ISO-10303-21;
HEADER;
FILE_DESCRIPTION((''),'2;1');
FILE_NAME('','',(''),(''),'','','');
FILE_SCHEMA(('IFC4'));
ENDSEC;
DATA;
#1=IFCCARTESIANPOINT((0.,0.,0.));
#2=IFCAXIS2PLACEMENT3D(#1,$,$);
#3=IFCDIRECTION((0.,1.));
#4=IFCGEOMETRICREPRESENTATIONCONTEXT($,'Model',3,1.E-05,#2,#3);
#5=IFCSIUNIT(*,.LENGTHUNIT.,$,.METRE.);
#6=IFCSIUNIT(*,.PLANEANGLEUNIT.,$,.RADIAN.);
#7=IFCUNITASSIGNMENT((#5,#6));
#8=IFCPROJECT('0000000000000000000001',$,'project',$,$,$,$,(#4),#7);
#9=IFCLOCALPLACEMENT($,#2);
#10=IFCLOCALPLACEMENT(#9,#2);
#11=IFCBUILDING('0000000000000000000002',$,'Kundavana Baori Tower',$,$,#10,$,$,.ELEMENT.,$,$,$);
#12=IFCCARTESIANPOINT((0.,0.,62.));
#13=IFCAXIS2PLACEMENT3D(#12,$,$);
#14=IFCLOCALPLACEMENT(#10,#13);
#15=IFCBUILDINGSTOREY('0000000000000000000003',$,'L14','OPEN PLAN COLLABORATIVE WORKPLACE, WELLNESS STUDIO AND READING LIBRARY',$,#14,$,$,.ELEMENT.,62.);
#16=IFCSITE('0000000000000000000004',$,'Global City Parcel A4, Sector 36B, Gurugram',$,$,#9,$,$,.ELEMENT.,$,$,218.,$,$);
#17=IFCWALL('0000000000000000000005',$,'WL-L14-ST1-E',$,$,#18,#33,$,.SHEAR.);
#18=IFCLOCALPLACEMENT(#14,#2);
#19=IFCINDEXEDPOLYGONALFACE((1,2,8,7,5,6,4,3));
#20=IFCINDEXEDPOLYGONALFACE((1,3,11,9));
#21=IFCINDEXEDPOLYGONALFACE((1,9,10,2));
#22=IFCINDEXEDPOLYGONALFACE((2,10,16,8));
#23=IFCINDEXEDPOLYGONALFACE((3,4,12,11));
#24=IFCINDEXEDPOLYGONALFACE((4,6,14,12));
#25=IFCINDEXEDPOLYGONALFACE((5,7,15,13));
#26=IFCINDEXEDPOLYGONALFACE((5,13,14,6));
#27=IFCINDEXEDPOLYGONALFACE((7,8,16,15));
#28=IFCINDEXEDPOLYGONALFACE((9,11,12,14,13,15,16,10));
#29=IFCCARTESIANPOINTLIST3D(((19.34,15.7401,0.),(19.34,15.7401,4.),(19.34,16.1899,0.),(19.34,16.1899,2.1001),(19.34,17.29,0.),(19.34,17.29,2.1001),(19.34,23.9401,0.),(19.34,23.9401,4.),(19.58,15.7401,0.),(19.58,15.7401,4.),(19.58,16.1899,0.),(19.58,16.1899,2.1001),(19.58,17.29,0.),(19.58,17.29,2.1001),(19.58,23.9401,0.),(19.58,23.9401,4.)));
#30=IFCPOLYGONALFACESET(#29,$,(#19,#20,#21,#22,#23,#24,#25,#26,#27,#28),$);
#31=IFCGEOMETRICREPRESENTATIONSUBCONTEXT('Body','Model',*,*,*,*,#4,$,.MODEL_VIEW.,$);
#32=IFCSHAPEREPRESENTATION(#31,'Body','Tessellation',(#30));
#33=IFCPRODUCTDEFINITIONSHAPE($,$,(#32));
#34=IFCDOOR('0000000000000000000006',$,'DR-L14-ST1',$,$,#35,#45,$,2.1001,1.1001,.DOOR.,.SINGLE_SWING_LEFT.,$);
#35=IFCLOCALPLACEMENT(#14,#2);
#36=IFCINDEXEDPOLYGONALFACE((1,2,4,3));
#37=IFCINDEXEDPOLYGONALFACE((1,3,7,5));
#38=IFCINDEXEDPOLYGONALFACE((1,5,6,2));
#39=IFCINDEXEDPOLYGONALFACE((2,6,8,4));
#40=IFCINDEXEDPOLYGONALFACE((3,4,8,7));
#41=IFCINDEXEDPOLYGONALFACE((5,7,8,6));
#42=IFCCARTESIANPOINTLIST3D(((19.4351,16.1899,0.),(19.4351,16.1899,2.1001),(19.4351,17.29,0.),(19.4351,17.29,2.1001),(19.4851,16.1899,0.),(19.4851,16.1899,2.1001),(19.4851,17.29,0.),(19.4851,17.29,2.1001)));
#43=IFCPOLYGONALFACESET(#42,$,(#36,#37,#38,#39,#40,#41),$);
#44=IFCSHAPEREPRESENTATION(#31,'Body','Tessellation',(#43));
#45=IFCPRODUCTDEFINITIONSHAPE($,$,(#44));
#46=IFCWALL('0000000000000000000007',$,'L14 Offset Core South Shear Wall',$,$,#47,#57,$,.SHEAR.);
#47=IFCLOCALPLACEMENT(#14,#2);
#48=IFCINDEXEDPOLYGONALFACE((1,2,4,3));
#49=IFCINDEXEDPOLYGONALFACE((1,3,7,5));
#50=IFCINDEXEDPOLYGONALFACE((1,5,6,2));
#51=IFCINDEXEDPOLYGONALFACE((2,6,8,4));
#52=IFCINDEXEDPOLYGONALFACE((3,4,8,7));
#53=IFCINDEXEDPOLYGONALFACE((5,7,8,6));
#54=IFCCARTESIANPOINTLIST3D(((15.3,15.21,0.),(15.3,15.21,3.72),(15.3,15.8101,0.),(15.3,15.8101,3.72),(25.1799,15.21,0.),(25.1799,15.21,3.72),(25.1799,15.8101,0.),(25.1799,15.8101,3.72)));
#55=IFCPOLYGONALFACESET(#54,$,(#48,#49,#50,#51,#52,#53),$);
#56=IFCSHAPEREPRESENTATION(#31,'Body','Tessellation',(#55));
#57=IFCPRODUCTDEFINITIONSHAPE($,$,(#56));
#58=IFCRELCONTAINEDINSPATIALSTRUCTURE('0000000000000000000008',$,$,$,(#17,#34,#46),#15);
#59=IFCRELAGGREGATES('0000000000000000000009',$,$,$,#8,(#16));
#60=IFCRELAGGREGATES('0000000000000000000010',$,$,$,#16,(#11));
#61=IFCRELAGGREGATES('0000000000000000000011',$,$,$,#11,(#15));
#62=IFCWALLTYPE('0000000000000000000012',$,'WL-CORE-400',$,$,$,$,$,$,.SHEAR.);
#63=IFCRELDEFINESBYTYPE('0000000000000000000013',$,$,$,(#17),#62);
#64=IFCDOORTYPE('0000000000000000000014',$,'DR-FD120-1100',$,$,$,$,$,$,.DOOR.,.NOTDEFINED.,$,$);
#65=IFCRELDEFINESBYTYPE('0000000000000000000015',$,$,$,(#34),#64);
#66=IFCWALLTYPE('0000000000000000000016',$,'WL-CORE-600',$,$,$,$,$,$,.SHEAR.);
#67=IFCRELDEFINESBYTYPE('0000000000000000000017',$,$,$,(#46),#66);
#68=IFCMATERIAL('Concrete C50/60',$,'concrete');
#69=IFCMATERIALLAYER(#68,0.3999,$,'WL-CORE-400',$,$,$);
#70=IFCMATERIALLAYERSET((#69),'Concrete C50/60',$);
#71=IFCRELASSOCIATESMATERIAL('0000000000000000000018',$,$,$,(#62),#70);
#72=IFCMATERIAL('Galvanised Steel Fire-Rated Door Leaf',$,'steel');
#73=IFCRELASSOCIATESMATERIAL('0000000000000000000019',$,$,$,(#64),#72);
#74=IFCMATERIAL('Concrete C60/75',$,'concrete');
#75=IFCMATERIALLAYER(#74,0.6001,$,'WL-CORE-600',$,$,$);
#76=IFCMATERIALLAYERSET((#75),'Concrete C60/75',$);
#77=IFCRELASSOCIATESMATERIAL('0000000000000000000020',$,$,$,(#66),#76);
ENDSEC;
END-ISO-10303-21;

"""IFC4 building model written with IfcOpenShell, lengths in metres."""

from ifc_helpers import new_model, si_unit, direction, frame, frame_2d, origin, place, context, subcontext, project, spatial, rectangle, extrude, material, layer, layer_set, type_object, element, fill, save


model = new_model("IFC4")

# Units and contexts
model_context = context("Model", 3, precision=1e-05, world=origin(), true_north=direction((0.0, 1.0)))
body_context = subcontext(model_context, "Body", "Model", "MODEL_VIEW")
ifc_project = project(units=[si_unit("LENGTHUNIT", "METRE"), si_unit("PLANEANGLEUNIT", "RADIAN")], contexts=[model_context])

# Site, building, storey
site_placement = place(None, origin())
site = spatial("IfcSite", under=ifc_project, at=site_placement, Name="Global City Parcel A4, Sector 36B, Gurugram", CompositionType="ELEMENT", RefElevation=218.0)
building_placement = place(site_placement, origin())
building = spatial("IfcBuilding", under=site, at=building_placement, Name="Kundavana Baori Tower", CompositionType="ELEMENT")
storey_placement = place(building_placement, frame((0.0, 0.0, 62.0)))
storey = spatial("IfcBuildingStorey", under=building, at=storey_placement, Name="L14", Description="OPEN PLAN COLLABORATIVE WORKPLACE, WELLNESS STUDIO AND READING LIBRARY", CompositionType="ELEMENT", Elevation=62.0)

# Wall, opening, door
ifc_material_1 = material(Name="Concrete C50/60", Category="concrete")
ifc_layer_1 = layer(ifc_material_1, 0.3999, Name="WL-CORE-400")
ifc_layer_set_1 = layer_set([ifc_layer_1], Name="Concrete C50/60")
wall_type_1 = type_object("IfcWallType", Name="WL-CORE-400", PredefinedType="SHEAR", material=ifc_layer_set_1)
wall_1_placement = place(storey_placement, frame((19.46, 15.74, 0.0), z_axis=(0.0, 0.0, 1.0), x_axis=(0.0, 1.0, 0.0)))
wall_1 = element("IfcWall", 1, at=wall_1_placement, inside=storey, type_object=wall_type_1, Name="WL-L14-ST1-E", PredefinedType="SHEAR", context=body_context, shape_type="SweptSolid", body=[
    extrude(rectangle(XDim=8.2, YDim=0.24, at=frame_2d((4.1001, 0.0))), origin(), (0.0, 0.0, 1.0), 4.0),
])
opening_1_placement = place(wall_1_placement, frame((0.45, 0.0, 0.0)))
opening_1 = element("IfcOpeningElement", 2, at=opening_1_placement, cuts=wall_1, PredefinedType="OPENING", context=body_context, shape_type="SweptSolid", body=[
    extrude(rectangle(XDim=1.1001, YDim=2.1001, at=frame_2d((0.55, 1.05))), frame((0.0, 0.1299, 0.0), z_axis=(0.0, -1.0, 0.0), x_axis=(1.0, 0.0, 0.0)), (0.0, 0.0, 1.0), 0.26),
])
ifc_material_2 = material(Name="Galvanised Steel Fire-Rated Door Leaf", Category="steel")
door_type_1 = type_object("IfcDoorType", Name="DR-FD120-1100", OperationType="NOTDEFINED", PredefinedType="DOOR", material=ifc_material_2)
door_1_placement = place(opening_1_placement, origin())
door_1 = element("IfcDoor", 3, at=door_1_placement, inside=storey, type_object=door_type_1, Name="DR-L14-ST1", OperationType="SINGLE_SWING_LEFT", OverallHeight=2.1001, OverallWidth=1.1001, PredefinedType="DOOR", context=body_context, shape_type="SweptSolid", body=[
    extrude(rectangle(XDim=1.1001, YDim=2.1001, at=frame_2d((0.55, 1.05))), frame((0.0, 0.0249, 0.0), z_axis=(0.0, -1.0, 0.0), x_axis=(1.0, 0.0, 0.0)), (0.0, 0.0, 1.0), 0.05),
])
fill(opening_1, door_1)

# Wall
ifc_material_3 = material(Name="Concrete C60/75", Category="concrete")
ifc_layer_2 = layer(ifc_material_3, 0.6001, Name="WL-CORE-600")
ifc_layer_set_2 = layer_set([ifc_layer_2], Name="Concrete C60/75")
wall_type_2 = type_object("IfcWallType", Name="WL-CORE-600", PredefinedType="SHEAR", material=ifc_layer_set_2)
wall_2_placement = place(storey_placement, frame((15.3, 15.51, 0.0), z_axis=(0.0, 0.0, 1.0), x_axis=(1.0, 0.0, 0.0)))
element("IfcWall", 4, at=wall_2_placement, inside=storey, type_object=wall_type_2, Name="L14 Offset Core South Shear Wall", PredefinedType="SHEAR", context=body_context, shape_type="SweptSolid", body=[
    extrude(rectangle(XDim=9.8799, YDim=0.6001, at=frame_2d((4.9399, 0.0))), origin(), (0.0, 0.0, 1.0), 3.72),
])

save(model, "model.ifc")
